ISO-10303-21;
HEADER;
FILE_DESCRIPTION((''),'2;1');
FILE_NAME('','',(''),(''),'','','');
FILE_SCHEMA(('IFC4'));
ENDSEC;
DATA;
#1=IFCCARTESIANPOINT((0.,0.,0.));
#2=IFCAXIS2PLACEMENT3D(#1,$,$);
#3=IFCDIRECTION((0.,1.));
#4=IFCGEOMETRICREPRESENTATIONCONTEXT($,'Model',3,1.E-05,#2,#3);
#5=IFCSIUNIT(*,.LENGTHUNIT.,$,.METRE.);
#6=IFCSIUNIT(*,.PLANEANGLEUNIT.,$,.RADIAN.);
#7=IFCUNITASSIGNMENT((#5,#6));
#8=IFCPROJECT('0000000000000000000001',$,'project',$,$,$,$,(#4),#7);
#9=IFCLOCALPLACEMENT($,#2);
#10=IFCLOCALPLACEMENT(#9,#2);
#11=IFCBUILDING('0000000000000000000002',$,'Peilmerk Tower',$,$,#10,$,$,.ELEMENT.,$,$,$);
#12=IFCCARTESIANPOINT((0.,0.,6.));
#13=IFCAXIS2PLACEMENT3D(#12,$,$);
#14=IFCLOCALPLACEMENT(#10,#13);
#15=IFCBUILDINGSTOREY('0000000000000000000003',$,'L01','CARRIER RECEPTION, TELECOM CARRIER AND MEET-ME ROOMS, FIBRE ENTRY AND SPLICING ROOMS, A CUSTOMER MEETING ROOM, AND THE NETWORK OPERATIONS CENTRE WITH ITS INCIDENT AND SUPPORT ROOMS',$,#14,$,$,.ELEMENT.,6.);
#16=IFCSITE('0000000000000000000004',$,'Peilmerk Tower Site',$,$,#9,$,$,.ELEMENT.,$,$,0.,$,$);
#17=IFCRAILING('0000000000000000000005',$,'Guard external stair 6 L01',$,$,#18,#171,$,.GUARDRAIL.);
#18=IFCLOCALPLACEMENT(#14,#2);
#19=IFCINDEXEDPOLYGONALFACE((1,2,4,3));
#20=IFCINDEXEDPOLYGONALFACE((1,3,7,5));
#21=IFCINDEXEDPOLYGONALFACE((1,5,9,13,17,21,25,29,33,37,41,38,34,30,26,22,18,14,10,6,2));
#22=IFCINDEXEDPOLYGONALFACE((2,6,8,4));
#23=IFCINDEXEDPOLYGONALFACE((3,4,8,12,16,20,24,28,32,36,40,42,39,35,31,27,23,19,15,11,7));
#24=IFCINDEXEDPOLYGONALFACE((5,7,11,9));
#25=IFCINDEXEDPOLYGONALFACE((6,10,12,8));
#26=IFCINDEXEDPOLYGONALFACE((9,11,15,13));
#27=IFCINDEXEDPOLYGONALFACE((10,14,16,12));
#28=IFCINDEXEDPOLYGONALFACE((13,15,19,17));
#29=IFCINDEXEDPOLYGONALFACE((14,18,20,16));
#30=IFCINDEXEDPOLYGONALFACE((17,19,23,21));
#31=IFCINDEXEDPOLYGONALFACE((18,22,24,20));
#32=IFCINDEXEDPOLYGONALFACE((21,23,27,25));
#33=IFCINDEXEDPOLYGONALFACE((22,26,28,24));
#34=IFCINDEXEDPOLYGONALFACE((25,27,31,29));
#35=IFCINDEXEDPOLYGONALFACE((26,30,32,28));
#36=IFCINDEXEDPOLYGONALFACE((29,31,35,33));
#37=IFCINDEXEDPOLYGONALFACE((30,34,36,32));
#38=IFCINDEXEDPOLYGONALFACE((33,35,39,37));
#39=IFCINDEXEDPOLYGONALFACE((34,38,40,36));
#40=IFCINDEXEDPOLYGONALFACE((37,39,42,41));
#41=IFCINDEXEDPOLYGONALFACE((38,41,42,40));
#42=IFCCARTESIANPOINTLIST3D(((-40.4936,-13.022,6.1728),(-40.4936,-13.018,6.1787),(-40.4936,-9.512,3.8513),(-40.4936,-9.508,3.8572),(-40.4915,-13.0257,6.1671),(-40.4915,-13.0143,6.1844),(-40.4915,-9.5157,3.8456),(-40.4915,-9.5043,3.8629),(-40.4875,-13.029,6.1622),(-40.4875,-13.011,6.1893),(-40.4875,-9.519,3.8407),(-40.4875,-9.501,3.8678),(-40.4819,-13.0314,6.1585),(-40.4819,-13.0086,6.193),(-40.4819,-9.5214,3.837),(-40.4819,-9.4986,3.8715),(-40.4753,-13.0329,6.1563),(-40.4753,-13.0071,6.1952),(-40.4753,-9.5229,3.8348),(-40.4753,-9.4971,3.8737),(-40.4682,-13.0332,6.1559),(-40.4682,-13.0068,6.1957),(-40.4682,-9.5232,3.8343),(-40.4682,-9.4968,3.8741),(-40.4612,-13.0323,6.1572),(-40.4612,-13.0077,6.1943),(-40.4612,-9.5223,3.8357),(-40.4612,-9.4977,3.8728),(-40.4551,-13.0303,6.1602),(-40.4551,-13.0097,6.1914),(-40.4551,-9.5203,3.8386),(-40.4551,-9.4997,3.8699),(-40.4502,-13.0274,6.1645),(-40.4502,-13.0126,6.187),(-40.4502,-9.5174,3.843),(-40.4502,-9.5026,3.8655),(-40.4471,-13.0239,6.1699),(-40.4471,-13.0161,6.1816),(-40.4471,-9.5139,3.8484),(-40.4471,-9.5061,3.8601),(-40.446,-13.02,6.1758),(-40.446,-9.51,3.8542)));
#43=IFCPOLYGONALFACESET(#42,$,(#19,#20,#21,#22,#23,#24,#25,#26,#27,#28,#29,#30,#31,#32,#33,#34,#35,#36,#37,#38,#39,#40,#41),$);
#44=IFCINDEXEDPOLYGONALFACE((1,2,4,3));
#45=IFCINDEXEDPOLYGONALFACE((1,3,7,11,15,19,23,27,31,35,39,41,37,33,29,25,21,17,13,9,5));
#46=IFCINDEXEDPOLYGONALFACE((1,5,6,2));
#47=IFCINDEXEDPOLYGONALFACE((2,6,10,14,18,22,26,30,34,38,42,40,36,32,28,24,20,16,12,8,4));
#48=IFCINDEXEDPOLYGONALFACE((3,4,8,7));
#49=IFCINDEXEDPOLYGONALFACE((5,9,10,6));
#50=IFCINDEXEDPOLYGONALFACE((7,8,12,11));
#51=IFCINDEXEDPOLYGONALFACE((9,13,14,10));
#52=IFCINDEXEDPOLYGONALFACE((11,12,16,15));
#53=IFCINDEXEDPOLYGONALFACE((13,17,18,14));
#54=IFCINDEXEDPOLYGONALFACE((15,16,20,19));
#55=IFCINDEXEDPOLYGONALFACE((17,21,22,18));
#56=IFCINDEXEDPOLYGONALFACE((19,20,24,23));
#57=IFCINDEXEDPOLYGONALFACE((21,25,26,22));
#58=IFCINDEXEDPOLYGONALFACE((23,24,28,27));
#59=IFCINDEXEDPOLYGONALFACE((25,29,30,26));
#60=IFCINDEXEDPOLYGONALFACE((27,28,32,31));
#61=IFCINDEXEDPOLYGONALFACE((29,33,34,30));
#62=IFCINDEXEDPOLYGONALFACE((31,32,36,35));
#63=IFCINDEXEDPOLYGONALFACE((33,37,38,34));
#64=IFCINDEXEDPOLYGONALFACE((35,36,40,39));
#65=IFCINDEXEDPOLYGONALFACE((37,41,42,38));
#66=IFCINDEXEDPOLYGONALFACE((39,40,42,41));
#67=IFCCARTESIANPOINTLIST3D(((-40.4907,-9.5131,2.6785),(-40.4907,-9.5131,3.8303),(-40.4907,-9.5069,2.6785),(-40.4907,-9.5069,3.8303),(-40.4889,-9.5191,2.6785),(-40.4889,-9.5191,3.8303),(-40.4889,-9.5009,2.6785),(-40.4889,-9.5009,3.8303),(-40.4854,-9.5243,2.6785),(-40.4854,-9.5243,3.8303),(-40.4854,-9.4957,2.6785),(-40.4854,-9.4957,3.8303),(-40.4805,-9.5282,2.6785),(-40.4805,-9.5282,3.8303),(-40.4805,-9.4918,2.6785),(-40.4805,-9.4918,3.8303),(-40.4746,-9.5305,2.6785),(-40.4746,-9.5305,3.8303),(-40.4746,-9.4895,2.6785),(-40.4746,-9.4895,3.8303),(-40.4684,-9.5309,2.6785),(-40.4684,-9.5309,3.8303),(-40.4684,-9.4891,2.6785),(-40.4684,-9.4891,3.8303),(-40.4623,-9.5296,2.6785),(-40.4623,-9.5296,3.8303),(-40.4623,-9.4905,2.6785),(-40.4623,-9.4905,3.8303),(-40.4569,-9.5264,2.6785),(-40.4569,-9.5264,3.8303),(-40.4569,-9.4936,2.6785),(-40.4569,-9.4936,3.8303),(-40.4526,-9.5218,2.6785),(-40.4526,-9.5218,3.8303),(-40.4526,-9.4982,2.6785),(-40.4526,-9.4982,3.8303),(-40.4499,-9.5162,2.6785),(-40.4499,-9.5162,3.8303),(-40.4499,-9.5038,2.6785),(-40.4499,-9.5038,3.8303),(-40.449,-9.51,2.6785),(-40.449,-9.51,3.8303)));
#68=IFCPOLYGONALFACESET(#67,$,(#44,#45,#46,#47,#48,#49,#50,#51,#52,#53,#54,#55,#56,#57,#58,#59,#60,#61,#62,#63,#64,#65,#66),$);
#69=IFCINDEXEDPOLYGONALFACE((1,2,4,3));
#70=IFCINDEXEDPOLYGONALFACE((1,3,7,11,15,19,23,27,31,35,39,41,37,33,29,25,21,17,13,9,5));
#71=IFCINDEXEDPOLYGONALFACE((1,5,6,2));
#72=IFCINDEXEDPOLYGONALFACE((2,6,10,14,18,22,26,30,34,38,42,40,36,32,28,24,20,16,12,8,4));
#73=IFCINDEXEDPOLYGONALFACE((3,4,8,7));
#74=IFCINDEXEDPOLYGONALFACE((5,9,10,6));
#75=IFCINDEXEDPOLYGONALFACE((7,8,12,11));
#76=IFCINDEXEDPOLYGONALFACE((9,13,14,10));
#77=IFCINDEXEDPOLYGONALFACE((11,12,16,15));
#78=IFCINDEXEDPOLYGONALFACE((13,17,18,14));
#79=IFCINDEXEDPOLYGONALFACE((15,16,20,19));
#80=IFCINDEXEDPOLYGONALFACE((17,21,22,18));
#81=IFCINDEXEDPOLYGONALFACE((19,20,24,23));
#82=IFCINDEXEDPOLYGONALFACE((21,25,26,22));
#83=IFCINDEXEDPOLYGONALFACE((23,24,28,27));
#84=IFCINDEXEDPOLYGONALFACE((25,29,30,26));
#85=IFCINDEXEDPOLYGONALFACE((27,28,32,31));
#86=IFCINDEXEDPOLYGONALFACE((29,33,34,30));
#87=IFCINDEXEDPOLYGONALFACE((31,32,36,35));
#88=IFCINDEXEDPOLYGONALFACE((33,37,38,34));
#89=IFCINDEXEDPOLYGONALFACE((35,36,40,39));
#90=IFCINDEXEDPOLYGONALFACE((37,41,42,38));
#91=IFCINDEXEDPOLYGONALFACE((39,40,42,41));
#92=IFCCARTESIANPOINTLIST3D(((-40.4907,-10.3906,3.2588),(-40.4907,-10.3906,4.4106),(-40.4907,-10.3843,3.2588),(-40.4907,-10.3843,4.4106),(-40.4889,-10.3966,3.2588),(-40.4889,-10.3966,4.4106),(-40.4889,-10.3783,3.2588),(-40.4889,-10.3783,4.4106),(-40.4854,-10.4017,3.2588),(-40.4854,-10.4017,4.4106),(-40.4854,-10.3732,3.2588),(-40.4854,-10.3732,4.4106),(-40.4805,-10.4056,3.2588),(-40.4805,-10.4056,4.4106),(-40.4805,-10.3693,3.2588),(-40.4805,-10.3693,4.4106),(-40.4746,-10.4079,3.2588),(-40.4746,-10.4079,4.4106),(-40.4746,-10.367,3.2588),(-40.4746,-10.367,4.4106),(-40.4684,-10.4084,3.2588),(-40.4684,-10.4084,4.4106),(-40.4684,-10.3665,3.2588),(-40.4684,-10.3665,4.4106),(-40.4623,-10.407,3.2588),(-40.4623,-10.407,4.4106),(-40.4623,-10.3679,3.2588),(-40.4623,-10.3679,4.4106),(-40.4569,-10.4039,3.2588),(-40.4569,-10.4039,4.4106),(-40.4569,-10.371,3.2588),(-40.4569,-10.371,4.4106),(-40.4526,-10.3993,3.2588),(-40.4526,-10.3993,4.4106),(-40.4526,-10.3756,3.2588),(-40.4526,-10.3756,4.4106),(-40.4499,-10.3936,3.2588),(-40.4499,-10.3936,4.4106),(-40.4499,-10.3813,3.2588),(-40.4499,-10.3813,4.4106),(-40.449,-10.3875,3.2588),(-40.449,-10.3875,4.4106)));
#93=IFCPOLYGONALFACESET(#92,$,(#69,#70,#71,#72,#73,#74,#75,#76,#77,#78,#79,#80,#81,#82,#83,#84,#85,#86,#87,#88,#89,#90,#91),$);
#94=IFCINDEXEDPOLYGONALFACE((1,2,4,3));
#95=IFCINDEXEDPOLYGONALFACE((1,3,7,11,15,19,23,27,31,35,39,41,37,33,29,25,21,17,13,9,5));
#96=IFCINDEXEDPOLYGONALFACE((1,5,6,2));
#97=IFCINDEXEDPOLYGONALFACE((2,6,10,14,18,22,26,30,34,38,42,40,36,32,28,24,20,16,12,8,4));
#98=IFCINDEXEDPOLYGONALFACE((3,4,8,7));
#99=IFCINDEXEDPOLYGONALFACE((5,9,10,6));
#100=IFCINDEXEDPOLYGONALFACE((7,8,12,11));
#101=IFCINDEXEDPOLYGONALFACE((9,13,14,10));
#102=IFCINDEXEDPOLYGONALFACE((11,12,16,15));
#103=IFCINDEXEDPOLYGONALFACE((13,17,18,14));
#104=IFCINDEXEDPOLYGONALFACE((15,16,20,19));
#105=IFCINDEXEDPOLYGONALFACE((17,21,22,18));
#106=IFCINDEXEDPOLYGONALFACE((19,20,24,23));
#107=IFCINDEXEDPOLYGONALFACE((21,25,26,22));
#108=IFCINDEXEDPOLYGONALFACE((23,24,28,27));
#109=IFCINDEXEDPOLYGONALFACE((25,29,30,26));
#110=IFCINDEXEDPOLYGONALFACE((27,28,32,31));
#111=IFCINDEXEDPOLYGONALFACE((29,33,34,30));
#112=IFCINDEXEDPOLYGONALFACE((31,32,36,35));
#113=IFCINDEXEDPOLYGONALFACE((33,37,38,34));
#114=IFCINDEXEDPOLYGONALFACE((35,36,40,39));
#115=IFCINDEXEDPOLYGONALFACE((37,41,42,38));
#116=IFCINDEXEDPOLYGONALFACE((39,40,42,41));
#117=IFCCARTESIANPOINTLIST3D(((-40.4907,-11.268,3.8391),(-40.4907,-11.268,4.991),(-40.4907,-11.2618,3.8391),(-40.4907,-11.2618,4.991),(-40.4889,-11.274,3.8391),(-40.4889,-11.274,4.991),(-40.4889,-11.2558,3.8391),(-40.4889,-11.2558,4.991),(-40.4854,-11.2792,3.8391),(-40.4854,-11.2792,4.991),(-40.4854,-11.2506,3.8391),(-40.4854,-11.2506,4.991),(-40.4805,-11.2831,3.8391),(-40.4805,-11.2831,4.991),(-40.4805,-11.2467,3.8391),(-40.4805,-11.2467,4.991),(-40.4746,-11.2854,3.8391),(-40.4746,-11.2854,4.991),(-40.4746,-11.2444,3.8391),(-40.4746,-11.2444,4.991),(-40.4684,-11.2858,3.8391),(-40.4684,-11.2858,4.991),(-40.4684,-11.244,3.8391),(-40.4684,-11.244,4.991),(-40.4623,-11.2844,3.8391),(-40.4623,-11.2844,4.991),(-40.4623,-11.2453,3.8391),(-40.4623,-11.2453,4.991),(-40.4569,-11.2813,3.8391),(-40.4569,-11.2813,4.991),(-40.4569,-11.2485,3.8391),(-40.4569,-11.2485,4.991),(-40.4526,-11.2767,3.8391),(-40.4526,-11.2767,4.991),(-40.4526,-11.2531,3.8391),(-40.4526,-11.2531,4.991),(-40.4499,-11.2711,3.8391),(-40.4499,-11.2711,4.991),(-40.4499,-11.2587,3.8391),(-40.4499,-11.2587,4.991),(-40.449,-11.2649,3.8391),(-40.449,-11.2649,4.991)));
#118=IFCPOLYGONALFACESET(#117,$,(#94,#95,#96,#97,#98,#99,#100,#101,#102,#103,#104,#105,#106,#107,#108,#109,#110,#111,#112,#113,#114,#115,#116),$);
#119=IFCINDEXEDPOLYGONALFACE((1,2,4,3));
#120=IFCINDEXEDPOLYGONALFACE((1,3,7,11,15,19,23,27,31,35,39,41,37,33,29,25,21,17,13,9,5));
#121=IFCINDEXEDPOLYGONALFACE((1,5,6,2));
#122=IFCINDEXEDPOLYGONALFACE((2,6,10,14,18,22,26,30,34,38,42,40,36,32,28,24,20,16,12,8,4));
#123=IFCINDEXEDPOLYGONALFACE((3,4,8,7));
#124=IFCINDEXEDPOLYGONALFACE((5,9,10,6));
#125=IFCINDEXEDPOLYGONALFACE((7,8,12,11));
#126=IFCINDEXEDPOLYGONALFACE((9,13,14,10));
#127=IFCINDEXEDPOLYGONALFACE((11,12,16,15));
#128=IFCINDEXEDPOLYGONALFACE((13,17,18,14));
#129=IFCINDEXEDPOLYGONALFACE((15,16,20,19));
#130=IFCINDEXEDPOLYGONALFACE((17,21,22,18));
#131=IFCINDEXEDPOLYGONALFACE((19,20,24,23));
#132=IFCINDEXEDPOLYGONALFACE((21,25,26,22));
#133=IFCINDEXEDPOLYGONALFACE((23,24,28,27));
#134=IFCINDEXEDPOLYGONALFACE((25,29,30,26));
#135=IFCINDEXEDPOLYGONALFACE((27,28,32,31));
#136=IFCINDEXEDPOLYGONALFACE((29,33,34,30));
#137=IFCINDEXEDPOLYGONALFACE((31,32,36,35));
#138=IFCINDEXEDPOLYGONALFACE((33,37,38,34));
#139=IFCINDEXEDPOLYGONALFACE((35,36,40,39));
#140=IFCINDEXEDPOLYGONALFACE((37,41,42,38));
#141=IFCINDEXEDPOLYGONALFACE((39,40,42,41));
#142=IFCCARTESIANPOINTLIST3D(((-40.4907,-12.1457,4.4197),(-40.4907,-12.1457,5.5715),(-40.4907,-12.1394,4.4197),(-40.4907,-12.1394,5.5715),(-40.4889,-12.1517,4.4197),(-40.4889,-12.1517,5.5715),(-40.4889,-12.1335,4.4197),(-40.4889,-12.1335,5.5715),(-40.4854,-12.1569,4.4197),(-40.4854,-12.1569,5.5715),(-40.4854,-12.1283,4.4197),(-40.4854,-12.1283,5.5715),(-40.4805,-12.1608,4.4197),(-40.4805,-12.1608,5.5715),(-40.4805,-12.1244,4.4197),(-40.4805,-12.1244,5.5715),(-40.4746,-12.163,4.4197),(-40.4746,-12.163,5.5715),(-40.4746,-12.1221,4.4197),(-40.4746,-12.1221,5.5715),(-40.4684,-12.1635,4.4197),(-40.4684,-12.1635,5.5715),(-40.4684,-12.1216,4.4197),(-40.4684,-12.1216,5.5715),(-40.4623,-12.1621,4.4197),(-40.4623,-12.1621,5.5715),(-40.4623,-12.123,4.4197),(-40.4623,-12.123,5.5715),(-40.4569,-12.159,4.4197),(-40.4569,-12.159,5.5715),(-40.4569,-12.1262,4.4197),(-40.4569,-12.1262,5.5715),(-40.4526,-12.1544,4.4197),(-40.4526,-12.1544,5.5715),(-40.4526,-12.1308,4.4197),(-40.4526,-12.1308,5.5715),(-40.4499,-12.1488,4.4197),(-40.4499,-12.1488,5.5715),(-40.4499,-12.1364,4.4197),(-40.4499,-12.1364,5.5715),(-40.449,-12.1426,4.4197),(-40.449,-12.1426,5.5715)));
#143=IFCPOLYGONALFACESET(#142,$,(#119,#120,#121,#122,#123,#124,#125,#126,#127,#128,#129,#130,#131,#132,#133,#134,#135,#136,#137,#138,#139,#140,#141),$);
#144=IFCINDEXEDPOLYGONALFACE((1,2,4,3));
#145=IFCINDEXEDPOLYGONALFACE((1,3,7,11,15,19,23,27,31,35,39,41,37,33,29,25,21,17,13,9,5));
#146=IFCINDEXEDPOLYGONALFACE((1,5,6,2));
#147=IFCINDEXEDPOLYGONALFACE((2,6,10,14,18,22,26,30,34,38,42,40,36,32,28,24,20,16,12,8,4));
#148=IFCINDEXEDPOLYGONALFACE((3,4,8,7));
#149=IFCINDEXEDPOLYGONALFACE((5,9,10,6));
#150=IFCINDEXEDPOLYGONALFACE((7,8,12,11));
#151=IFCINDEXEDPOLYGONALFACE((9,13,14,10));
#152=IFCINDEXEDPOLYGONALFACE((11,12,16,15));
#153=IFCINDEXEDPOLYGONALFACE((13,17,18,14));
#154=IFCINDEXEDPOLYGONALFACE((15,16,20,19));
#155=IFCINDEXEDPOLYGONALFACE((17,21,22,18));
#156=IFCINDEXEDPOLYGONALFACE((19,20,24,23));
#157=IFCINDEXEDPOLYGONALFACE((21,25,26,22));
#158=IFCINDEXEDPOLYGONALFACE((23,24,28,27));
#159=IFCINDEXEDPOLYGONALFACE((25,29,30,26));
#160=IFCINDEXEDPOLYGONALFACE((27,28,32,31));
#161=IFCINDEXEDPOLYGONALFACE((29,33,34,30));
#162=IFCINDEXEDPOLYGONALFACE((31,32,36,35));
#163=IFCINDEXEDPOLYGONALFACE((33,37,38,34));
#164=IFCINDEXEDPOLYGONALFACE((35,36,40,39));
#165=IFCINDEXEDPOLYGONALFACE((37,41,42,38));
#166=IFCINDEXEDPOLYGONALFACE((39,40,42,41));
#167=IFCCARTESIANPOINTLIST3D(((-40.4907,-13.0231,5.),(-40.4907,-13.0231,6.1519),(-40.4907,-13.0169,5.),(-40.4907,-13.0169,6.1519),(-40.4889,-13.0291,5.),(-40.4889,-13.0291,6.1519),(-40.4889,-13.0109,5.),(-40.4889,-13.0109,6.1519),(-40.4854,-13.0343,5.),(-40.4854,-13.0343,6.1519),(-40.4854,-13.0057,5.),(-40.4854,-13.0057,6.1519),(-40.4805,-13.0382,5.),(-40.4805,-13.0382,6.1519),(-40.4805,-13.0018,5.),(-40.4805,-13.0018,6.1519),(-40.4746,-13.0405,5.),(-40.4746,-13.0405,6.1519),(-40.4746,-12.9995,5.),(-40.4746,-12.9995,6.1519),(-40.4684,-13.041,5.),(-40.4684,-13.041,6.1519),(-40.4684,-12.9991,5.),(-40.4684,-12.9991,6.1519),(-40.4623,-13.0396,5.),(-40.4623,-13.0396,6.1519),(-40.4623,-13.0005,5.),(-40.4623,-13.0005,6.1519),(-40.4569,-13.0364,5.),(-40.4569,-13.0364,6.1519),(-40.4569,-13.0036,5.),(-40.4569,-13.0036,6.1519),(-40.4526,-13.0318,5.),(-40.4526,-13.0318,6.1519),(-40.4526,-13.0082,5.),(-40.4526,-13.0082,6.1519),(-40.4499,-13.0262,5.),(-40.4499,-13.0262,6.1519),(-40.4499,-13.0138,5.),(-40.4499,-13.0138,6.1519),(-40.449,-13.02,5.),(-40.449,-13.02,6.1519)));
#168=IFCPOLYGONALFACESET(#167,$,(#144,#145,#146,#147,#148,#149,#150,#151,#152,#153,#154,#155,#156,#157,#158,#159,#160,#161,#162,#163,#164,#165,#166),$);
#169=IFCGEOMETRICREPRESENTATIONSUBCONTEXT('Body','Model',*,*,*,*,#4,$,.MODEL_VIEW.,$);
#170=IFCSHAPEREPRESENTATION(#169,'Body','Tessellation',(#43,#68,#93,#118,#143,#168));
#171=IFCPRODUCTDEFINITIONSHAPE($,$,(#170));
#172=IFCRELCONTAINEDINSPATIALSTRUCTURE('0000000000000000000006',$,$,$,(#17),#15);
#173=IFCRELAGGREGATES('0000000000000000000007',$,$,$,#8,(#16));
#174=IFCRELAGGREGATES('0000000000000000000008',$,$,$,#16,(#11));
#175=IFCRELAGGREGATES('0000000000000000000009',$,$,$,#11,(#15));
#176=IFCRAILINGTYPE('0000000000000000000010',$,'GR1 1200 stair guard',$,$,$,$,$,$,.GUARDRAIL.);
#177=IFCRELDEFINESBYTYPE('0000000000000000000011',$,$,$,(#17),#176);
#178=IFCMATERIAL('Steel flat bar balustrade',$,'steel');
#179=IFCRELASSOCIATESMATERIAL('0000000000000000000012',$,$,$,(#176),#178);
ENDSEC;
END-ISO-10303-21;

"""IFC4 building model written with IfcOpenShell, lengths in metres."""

from ifc_helpers import new_model, si_unit, direction, frame, origin, origin_2d, place, context, subcontext, project, spatial, circle, extrude, material, type_object, element, save


model = new_model("IFC4")

# Units and contexts
model_context = context("Model", 3, precision=1e-05, world=origin(), true_north=direction((0.0, 1.0)))
body_context = subcontext(model_context, "Body", "Model", "MODEL_VIEW")
ifc_project = project(units=[si_unit("LENGTHUNIT", "METRE"), si_unit("PLANEANGLEUNIT", "RADIAN")], contexts=[model_context])

# Site, building, storey
site_placement = place(None, origin())
site = spatial("IfcSite", under=ifc_project, at=site_placement, Name="Peilmerk Tower Site", CompositionType="ELEMENT", RefElevation=0.0)
building_placement = place(site_placement, origin())
building = spatial("IfcBuilding", under=site, at=building_placement, Name="Peilmerk Tower", CompositionType="ELEMENT")
storey_placement = place(building_placement, frame((0.0, 0.0, 6.0)))
storey = spatial("IfcBuildingStorey", under=building, at=storey_placement, Name="L01", Description="CARRIER RECEPTION, TELECOM CARRIER AND MEET-ME ROOMS, FIBRE ENTRY AND SPLICING ROOMS, A CUSTOMER MEETING ROOM, AND THE NETWORK OPERATIONS CENTRE WITH ITS INCIDENT AND SUPPORT ROOMS", CompositionType="ELEMENT", Elevation=6.0)

# Railing
ifc_material_1 = material(Name="Steel flat bar balustrade", Category="steel")
railing_type_1 = type_object("IfcRailingType", Name="GR1 1200 stair guard", PredefinedType="GUARDRAIL", material=ifc_material_1)
for number, where, name in (
    (1, (-40.47, -9.51, 2.6785), "Guard external stair 6 L01"),
):
    element("IfcRailing", number, at=place(storey_placement, frame(where)), inside=storey, type_object=railing_type_1, Name=name, PredefinedType="GUARDRAIL", context=body_context, shape_type="SweptSolid", body=[
        extrude(circle(Radius=0.0239, at=origin_2d()), frame((0.0, 0.0, 1.1758), z_axis=(0.0, -0.834071, 0.551657), x_axis=(1.0, 0.0, 0.0)), (0.0, 0.0, 1.0), 4.2083),
        extrude(circle(Radius=0.021, at=origin_2d()), origin(), (0.0, 0.0, 1.0), 1.1519),
        extrude(circle(Radius=0.021, at=origin_2d()), frame((0.0, -0.8774, 0.5803)), (0.0, 0.0, 1.0), 1.1519),
        extrude(circle(Radius=0.021, at=origin_2d()), frame((0.0, -1.7549, 1.1606)), (0.0, 0.0, 1.0), 1.1519),
        extrude(circle(Radius=0.021, at=origin_2d()), frame((0.0, -2.6326, 1.7412)), (0.0, 0.0, 1.0), 1.1519),
        extrude(circle(Radius=0.021, at=origin_2d()), frame((0.0, -3.51, 2.3215)), (0.0, 0.0, 1.0), 1.1519),
    ])

save(model, "model.ifc")
